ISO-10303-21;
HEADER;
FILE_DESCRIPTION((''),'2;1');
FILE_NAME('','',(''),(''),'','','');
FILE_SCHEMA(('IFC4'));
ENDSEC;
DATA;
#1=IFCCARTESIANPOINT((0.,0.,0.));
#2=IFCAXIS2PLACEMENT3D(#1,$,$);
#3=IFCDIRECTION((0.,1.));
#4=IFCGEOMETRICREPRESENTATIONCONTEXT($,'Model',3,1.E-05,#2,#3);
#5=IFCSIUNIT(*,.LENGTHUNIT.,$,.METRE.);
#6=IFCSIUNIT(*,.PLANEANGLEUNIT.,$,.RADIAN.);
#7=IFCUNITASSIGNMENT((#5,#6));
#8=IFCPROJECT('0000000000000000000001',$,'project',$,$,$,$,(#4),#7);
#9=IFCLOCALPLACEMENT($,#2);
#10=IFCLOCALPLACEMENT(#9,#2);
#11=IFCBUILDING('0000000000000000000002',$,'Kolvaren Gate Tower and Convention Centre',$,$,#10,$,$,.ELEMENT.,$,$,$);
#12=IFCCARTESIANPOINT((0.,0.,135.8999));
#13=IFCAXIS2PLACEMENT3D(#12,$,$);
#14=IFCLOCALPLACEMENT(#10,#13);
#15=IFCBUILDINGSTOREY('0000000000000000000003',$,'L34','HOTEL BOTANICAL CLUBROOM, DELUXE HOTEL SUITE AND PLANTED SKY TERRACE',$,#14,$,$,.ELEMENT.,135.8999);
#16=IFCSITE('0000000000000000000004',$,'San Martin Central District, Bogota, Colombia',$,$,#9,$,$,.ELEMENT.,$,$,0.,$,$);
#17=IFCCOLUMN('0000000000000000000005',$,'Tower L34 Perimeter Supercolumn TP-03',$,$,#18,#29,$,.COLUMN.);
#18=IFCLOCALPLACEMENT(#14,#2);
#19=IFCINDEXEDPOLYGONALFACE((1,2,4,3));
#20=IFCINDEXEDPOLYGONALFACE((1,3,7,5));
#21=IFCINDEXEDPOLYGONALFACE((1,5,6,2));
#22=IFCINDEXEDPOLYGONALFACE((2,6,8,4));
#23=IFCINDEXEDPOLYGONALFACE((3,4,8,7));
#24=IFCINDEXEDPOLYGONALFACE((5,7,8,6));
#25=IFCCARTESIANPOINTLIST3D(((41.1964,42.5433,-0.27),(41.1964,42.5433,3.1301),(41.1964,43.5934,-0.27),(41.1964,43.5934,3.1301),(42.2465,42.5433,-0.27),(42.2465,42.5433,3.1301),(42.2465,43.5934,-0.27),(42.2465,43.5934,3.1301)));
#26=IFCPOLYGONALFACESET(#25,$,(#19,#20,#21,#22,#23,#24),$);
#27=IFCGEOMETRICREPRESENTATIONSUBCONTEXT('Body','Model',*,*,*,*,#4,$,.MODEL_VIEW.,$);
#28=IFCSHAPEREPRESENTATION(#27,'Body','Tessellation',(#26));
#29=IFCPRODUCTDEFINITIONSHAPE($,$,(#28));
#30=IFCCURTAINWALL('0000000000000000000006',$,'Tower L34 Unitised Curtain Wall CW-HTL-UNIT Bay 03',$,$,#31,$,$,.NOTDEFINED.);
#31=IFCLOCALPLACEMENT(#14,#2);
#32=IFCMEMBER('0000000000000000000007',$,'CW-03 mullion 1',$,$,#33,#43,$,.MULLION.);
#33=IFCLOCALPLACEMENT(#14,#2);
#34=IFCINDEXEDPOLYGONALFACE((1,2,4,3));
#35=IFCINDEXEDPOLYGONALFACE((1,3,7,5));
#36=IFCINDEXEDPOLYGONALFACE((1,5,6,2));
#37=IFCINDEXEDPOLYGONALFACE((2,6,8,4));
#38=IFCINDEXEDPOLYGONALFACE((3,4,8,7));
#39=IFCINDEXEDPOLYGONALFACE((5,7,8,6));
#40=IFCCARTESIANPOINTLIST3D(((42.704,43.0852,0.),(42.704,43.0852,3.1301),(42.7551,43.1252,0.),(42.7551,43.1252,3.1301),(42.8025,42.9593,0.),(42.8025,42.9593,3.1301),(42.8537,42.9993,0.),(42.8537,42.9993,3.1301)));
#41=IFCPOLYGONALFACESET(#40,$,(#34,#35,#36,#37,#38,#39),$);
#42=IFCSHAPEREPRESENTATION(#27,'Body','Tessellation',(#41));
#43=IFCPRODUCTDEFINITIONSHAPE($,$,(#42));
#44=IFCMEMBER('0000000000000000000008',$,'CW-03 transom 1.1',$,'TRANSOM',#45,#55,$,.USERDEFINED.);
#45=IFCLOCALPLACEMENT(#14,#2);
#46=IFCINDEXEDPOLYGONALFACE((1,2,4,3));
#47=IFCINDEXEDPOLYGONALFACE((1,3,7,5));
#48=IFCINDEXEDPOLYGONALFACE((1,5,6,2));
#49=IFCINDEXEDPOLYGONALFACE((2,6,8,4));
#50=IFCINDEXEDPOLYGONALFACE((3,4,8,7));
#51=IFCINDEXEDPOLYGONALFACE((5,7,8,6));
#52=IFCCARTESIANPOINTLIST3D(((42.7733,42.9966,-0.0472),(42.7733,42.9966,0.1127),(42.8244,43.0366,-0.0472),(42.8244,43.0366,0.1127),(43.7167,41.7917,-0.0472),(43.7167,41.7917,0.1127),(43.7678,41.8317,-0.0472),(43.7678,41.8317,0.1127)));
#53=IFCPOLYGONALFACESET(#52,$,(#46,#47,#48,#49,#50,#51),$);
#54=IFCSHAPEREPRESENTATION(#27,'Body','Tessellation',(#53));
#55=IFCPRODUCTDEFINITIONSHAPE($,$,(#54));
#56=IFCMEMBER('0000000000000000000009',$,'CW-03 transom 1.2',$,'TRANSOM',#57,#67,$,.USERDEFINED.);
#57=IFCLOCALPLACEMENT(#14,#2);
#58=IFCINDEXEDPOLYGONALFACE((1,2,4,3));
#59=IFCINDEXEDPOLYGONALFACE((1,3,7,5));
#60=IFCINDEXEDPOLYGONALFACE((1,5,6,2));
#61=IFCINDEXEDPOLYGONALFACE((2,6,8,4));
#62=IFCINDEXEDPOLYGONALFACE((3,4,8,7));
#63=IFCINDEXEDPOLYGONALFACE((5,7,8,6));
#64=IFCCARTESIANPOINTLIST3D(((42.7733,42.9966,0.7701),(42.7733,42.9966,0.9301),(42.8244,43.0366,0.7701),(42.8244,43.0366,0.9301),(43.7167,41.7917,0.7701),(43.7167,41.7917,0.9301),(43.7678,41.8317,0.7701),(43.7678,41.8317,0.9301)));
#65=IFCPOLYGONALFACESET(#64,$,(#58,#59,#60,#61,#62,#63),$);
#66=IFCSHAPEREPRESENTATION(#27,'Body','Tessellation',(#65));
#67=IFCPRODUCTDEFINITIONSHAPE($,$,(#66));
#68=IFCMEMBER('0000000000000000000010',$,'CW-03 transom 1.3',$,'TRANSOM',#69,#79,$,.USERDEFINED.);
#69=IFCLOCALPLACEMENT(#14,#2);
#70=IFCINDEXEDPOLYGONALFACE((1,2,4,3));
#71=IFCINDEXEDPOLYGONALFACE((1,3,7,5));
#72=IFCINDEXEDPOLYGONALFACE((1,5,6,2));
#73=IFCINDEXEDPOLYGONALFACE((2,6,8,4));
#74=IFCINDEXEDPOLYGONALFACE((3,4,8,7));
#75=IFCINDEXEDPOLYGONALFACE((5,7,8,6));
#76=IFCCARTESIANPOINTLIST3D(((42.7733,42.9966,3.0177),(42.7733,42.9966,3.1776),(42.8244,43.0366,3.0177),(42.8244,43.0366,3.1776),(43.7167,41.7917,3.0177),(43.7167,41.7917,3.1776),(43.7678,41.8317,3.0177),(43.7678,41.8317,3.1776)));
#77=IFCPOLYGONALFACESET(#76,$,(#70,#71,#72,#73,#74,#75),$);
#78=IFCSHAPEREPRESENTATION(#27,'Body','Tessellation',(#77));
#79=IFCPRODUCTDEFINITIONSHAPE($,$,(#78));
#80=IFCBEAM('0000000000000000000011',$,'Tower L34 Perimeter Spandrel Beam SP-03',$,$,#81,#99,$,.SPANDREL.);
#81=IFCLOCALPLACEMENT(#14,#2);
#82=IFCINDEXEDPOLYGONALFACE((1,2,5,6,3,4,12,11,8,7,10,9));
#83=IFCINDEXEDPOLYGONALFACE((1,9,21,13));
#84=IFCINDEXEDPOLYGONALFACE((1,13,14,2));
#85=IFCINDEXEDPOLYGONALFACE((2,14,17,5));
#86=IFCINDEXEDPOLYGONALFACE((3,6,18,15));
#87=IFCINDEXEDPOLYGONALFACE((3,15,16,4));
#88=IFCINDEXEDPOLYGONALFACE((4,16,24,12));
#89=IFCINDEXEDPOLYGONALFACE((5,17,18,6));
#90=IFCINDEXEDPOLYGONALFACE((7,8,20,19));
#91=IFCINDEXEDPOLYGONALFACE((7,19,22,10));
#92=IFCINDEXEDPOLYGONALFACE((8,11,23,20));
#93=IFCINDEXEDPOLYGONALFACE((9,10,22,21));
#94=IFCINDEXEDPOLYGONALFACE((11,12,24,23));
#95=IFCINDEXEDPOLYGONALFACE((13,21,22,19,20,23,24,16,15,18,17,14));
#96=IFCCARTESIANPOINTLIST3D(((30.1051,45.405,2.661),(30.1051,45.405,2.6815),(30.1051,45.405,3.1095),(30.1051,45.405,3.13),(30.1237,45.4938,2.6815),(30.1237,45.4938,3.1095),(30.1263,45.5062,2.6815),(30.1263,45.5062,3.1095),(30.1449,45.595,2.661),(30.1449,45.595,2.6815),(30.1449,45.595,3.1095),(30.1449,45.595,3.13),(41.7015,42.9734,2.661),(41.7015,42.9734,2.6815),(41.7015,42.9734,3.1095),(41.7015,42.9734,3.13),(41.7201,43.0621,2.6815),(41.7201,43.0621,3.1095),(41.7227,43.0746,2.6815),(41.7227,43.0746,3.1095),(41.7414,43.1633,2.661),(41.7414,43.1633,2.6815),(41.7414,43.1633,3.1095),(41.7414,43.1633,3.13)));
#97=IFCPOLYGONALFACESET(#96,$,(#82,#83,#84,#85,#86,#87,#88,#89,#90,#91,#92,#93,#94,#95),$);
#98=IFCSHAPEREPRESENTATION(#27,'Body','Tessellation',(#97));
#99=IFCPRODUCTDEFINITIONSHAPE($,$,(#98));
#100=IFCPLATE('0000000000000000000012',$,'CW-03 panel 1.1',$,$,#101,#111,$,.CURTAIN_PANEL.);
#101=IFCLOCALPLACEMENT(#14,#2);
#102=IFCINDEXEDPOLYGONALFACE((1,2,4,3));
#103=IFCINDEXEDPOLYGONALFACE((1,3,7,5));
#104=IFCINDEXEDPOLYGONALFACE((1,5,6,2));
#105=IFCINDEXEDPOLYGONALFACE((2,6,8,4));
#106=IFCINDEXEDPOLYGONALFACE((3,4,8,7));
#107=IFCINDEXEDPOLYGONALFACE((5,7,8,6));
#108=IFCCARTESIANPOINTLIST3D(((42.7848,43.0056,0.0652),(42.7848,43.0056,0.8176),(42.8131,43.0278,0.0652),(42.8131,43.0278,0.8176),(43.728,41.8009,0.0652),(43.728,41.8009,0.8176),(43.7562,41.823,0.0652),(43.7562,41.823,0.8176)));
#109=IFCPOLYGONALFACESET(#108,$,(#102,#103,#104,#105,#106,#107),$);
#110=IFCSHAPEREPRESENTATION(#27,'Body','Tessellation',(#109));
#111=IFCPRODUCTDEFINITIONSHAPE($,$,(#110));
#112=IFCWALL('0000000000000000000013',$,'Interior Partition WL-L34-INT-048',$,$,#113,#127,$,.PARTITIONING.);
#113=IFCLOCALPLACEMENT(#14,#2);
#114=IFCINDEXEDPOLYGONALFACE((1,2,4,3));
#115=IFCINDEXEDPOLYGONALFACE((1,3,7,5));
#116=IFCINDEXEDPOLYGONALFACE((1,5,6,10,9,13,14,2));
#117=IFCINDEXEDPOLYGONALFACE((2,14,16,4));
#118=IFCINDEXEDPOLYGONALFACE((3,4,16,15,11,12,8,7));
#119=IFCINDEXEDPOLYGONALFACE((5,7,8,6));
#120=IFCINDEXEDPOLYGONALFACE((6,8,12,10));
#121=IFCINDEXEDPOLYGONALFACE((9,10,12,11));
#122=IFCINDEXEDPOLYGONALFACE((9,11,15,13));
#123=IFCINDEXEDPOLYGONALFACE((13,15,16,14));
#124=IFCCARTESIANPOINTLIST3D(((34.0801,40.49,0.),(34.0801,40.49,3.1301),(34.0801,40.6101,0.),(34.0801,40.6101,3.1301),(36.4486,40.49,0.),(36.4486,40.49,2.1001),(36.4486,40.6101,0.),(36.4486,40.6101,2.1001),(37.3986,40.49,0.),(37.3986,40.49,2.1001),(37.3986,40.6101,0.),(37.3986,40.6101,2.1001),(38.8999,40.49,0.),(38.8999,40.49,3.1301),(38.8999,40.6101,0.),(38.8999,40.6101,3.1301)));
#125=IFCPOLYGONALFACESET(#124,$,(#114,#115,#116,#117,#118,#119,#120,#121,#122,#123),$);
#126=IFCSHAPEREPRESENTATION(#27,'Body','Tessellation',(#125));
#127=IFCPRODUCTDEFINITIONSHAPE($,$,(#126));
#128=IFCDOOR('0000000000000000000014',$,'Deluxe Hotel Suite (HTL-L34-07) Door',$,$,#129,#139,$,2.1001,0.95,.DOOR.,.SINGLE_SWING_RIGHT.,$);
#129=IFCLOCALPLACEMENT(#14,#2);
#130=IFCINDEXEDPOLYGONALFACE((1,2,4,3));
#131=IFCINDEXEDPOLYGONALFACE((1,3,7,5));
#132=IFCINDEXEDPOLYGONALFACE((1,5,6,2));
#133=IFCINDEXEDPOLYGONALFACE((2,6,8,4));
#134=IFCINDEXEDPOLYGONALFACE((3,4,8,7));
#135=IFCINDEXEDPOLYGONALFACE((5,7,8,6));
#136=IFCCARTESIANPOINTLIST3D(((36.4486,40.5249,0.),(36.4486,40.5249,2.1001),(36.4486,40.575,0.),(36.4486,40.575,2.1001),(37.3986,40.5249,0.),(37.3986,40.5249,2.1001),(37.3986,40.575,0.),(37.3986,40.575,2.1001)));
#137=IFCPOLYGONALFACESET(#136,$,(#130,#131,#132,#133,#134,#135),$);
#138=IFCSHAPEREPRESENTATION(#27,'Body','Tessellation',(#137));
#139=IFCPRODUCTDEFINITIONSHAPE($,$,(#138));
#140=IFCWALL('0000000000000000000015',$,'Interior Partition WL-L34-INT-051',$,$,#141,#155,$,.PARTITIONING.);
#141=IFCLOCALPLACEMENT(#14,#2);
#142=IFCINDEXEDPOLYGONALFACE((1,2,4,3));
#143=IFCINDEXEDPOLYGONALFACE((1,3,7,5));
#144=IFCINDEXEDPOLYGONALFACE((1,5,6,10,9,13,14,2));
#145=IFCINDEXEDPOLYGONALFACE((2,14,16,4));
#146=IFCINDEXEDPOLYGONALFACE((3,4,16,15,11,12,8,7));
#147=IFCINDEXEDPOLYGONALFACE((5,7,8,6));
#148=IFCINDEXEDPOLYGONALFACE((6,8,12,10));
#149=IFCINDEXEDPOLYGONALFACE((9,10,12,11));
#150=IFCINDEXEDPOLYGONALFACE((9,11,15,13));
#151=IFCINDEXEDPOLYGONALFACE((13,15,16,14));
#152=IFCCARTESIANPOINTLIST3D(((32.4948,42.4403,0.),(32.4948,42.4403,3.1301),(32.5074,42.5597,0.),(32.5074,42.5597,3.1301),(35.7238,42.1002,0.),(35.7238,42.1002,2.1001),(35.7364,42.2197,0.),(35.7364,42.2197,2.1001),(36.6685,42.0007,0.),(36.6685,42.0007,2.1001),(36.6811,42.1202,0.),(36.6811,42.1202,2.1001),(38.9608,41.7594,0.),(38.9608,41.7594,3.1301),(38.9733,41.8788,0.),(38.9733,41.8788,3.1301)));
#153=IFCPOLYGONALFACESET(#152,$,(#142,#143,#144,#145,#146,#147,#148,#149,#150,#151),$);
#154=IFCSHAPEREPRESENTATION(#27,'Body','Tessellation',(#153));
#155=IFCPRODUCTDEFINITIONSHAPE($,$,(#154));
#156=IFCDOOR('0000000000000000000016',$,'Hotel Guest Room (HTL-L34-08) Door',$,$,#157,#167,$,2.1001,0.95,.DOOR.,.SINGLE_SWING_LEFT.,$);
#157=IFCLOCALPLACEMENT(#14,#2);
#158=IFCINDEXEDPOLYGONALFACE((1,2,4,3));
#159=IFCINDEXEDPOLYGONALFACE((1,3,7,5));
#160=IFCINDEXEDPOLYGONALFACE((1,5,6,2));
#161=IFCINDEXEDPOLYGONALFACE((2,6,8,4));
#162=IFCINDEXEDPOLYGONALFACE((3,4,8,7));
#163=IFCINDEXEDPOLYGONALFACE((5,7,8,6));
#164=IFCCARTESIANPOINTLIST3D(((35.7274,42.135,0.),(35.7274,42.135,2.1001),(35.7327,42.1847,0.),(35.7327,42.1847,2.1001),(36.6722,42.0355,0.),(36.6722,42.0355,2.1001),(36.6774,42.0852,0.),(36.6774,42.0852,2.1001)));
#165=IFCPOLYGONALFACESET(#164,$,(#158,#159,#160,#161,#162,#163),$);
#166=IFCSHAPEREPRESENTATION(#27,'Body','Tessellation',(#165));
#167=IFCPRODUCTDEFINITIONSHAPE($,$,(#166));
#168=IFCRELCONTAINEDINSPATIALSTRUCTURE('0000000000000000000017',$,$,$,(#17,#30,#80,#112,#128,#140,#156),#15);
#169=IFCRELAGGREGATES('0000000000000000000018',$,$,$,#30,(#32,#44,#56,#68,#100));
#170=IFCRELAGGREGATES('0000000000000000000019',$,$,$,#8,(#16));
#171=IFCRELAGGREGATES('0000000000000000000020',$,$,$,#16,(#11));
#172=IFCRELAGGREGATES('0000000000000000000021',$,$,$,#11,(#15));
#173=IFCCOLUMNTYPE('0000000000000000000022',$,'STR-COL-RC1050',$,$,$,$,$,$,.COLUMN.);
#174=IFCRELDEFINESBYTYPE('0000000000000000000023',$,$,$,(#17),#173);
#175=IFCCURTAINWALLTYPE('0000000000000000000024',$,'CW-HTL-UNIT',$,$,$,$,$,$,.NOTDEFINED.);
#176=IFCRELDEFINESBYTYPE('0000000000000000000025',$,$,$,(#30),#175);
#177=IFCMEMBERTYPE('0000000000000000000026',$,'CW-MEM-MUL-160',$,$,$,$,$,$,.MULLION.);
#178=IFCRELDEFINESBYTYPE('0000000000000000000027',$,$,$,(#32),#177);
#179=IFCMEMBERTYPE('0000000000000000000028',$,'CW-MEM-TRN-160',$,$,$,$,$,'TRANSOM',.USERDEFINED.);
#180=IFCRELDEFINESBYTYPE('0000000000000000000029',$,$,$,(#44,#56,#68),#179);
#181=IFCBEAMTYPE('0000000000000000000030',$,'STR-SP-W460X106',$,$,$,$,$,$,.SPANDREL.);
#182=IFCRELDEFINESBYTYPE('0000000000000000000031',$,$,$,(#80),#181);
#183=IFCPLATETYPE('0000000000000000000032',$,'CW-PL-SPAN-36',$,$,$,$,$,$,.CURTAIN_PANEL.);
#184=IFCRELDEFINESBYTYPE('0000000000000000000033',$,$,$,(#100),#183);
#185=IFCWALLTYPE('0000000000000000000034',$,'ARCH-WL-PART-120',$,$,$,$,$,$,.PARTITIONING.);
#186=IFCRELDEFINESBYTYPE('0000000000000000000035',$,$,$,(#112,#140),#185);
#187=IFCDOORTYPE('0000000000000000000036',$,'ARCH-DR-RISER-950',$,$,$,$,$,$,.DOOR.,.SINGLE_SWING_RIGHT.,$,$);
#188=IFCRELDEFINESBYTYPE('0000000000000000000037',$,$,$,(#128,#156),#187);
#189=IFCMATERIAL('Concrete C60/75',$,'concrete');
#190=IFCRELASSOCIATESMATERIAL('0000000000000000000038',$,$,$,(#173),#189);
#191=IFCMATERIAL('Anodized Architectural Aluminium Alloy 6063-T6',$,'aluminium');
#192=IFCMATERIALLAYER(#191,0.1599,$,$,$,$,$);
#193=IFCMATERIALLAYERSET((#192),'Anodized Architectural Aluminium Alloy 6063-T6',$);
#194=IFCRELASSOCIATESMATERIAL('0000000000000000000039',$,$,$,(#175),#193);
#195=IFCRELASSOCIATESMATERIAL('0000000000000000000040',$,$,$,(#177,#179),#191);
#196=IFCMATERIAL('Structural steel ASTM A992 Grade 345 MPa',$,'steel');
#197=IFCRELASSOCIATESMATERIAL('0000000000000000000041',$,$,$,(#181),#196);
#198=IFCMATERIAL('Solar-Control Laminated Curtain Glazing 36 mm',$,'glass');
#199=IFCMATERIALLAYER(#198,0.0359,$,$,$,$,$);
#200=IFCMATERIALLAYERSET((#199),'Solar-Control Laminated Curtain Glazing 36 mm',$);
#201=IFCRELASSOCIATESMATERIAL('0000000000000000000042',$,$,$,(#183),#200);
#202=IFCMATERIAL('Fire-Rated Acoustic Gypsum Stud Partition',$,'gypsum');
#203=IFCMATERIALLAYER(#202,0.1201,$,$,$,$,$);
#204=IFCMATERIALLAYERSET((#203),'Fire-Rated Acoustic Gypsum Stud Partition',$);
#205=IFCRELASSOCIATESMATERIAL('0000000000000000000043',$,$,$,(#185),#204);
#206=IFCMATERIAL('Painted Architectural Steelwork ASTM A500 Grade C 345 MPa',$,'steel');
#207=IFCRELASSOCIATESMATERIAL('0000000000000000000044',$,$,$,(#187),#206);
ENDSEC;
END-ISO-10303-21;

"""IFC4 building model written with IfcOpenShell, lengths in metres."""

from ifc_helpers import new_model, si_unit, direction, frame, frame_2d, origin, origin_2d, place, context, subcontext, project, spatial, rectangle, i_section, extrude, material, layer, layer_set, material_profile, profile_set, type_object, element, fill, aggregate, save


model = new_model("IFC4")

# Units and contexts
model_context = context("Model", 3, precision=1e-05, world=origin(), true_north=direction((0.0, 1.0)))
body_context = subcontext(model_context, "Body", "Model", "MODEL_VIEW")
ifc_project = project(units=[si_unit("LENGTHUNIT", "METRE"), si_unit("PLANEANGLEUNIT", "RADIAN")], contexts=[model_context])

# Site, building, storey
site_placement = place(None, origin())
site = spatial("IfcSite", under=ifc_project, at=site_placement, Name="San Martin Central District, Bogota, Colombia", CompositionType="ELEMENT", RefElevation=0.0)
building_placement = place(site_placement, origin())
building = spatial("IfcBuilding", under=site, at=building_placement, Name="Kolvaren Gate Tower and Convention Centre", CompositionType="ELEMENT")
storey_placement = place(building_placement, frame((0.0, 0.0, 135.8999)))
storey = spatial("IfcBuildingStorey", under=building, at=storey_placement, Name="L34", Description="HOTEL BOTANICAL CLUBROOM, DELUXE HOTEL SUITE AND PLANTED SKY TERRACE", CompositionType="ELEMENT", Elevation=135.8999)

# Column
ifc_material_1 = material(Name="Concrete C60/75", Category="concrete")
ifc_material_profile_1 = material_profile(ifc_material_1, rectangle(XDim=1.05, YDim=1.05, at=origin_2d()), Name="RC-COL-1050X1050")
ifc_profile_set_1 = profile_set([ifc_material_profile_1], Name="Concrete C60/75")
column_type = type_object("IfcColumnType", Name="STR-COL-RC1050", PredefinedType="COLUMN", material=ifc_profile_set_1)
column_placement = place(storey_placement, frame((41.7214, 43.0684, -0.27), z_axis=(0.0, 0.0, 1.0), x_axis=(1.0, 0.0, 0.0)))
element("IfcColumn", 1, at=column_placement, inside=storey, type_object=column_type, Name="Tower L34 Perimeter Supercolumn TP-03", PredefinedType="COLUMN", context=body_context, shape_type="SweptSolid", body=[
    extrude(rectangle(XDim=1.05, YDim=1.05, at=origin_2d()), origin(), (0.0, 0.0, 1.0), 3.4001),
])

# Curtain wall, members
ifc_material_2 = material(Name="Anodized Architectural Aluminium Alloy 6063-T6", Category="aluminium")
ifc_layer_1 = layer(ifc_material_2, 0.1599)
ifc_layer_set_1 = layer_set([ifc_layer_1], Name="Anodized Architectural Aluminium Alloy 6063-T6")
curtain_wall_type = type_object("IfcCurtainWallType", Name="CW-HTL-UNIT", PredefinedType="NOTDEFINED", material=ifc_layer_set_1)
curtain_wall_placement = place(storey_placement, origin())
curtain_wall = element("IfcCurtainWall", 2, at=curtain_wall_placement, inside=storey, type_object=curtain_wall_type, Name="Tower L34 Unitised Curtain Wall CW-HTL-UNIT Bay 03", PredefinedType="NOTDEFINED")
ifc_material_profile_2 = material_profile(ifc_material_2, rectangle(XDim=0.0649, YDim=0.1599, at=origin_2d()), Name="CW-MEM-MUL-160")
ifc_profile_set_2 = profile_set([ifc_material_profile_2], Name="Anodized Architectural Aluminium Alloy 6063-T6")
member_type_1 = type_object("IfcMemberType", Name="CW-MEM-MUL-160", PredefinedType="MULLION", material=ifc_profile_set_2)
member_1_placement = place(storey_placement, frame((42.7788, 43.0422, 0.0), z_axis=(0.0, 0.0, 1.0), x_axis=(0.787413, 0.616426, 0.0)))
member_1 = element("IfcMember", 3, at=member_1_placement, type_object=member_type_1, Name="CW-03 mullion 1", PredefinedType="MULLION", context=body_context, shape_type="SweptSolid", body=[
    extrude(rectangle(XDim=0.0649, YDim=0.1599, at=origin_2d()), origin(), (0.0, 0.0, 1.0), 3.1301),
])
ifc_material_profile_3 = material_profile(ifc_material_2, rectangle(XDim=0.0649, YDim=0.1599, at=origin_2d()), Name="CW-MEM-TRN-160")
ifc_profile_set_3 = profile_set([ifc_material_profile_3], Name="Anodized Architectural Aluminium Alloy 6063-T6")
member_type_2 = type_object("IfcMemberType", Name="CW-MEM-TRN-160", ElementType="TRANSOM", PredefinedType="USERDEFINED", material=ifc_profile_set_3)
member_2_placement = place(storey_placement, frame((42.7988, 43.0166, 0.0327), z_axis=(0.616489, -0.787364, 0.0), x_axis=(0.787364, 0.616489, 0.0)))
member_2 = element("IfcMember", 4, at=member_2_placement, type_object=member_type_2, Name="CW-03 transom 1.1", ObjectType="TRANSOM", PredefinedType="USERDEFINED", context=body_context, shape_type="SweptSolid", body=[
    extrude(rectangle(XDim=0.0649, YDim=0.1599, at=origin_2d()), origin(), (0.0, 0.0, 1.0), 1.5303),
])
member_3_placement = place(storey_placement, frame((42.7988, 43.0166, 0.8501), z_axis=(0.616489, -0.787364, 0.0), x_axis=(0.787364, 0.616489, 0.0)))
member_3 = element("IfcMember", 5, at=member_3_placement, type_object=member_type_2, Name="CW-03 transom 1.2", ObjectType="TRANSOM", PredefinedType="USERDEFINED", context=body_context, shape_type="SweptSolid", body=[
    extrude(rectangle(XDim=0.0649, YDim=0.1599, at=origin_2d()), origin(), (0.0, 0.0, 1.0), 1.5303),
])
member_4_placement = place(storey_placement, frame((42.7988, 43.0166, 3.0977), z_axis=(0.616489, -0.787364, 0.0), x_axis=(0.787364, 0.616489, 0.0)))
member_4 = element("IfcMember", 6, at=member_4_placement, type_object=member_type_2, Name="CW-03 transom 1.3", ObjectType="TRANSOM", PredefinedType="USERDEFINED", context=body_context, shape_type="SweptSolid", body=[
    extrude(rectangle(XDim=0.0649, YDim=0.1599, at=origin_2d()), origin(), (0.0, 0.0, 1.0), 1.5303),
])

# Beam
ifc_material_3 = material(Name="Structural steel ASTM A992 Grade 345 MPa", Category="steel")
ifc_material_profile_4 = material_profile(ifc_material_3, i_section(OverallWidth=0.1941, OverallDepth=0.469, WebThickness=0.0127, FlangeThickness=0.0205, at=origin_2d()), Name="W460X106")
ifc_profile_set_4 = profile_set([ifc_material_profile_4], Name="Structural steel ASTM A992 Grade 345 MPa")
beam_type = type_object("IfcBeamType", Name="STR-SP-W460X106", PredefinedType="SPANDREL", material=ifc_profile_set_4)
beam_placement = place(storey_placement, frame((41.7214, 43.0684, 2.8955), z_axis=(-0.978715, 0.205225, 0.0), x_axis=(-0.205225, -0.978715, 0.0)))
element("IfcBeam", 7, at=beam_placement, inside=storey, type_object=beam_type, Name="Tower L34 Perimeter Spandrel Beam SP-03", PredefinedType="SPANDREL", context=body_context, shape_type="SweptSolid", body=[
    extrude(i_section(OverallWidth=0.1941, OverallDepth=0.469, WebThickness=0.0127, FlangeThickness=0.0205, at=origin_2d()), origin(), (0.0, 0.0, 1.0), 11.8486),
])

# Plate
ifc_material_4 = material(Name="Solar-Control Laminated Curtain Glazing 36 mm", Category="glass")
ifc_layer_2 = layer(ifc_material_4, 0.0359)
ifc_layer_set_2 = layer_set([ifc_layer_2], Name="Solar-Control Laminated Curtain Glazing 36 mm")
plate_type = type_object("IfcPlateType", Name="CW-PL-SPAN-36", PredefinedType="CURTAIN_PANEL", material=ifc_layer_set_2)
plate_placement = place(storey_placement, frame((43.2705, 42.4143, 0.0652), z_axis=(0.0, 0.0, 1.0), x_axis=(0.616426, -0.787413, 0.0)))
plate = element("IfcPlate", 8, at=plate_placement, type_object=plate_type, Name="CW-03 panel 1.1", PredefinedType="CURTAIN_PANEL", context=body_context, shape_type="SweptSolid", body=[
    extrude(rectangle(XDim=1.53, YDim=0.0359, at=origin_2d()), origin(), (0.0, 0.0, 1.0), 0.7524),
])
aggregate(curtain_wall, [member_1, member_2, member_3, member_4, plate])

# Walls, openings, doors
ifc_material_5 = material(Name="Fire-Rated Acoustic Gypsum Stud Partition", Category="gypsum")
ifc_layer_3 = layer(ifc_material_5, 0.1201)
ifc_layer_set_3 = layer_set([ifc_layer_3], Name="Fire-Rated Acoustic Gypsum Stud Partition")
wall_type_1 = type_object("IfcWallType", Name="ARCH-WL-PART-120", PredefinedType="PARTITIONING", material=ifc_layer_set_3)
wall_1_placement = place(storey_placement, frame((34.0801, 40.55, 0.0), z_axis=(0.0, 0.0, 1.0), x_axis=(1.0, 0.0, 0.0)))
wall_1 = element("IfcWall", 9, at=wall_1_placement, inside=storey, type_object=wall_type_1, Name="Interior Partition WL-L34-INT-048", PredefinedType="PARTITIONING", context=body_context, shape_type="SweptSolid", body=[
    extrude(rectangle(XDim=4.8198, YDim=0.1201, at=frame_2d((2.4099, 0.0))), origin(), (0.0, 0.0, 1.0), 3.1301),
])
opening_1_placement = place(wall_1_placement, frame((2.3684, 0.0, 0.0)))
opening_1 = element("IfcOpeningElement", 10, at=opening_1_placement, cuts=wall_1, PredefinedType="OPENING", context=body_context, shape_type="SweptSolid", body=[
    extrude(rectangle(XDim=0.95, YDim=2.1001, at=frame_2d((0.4751, 1.05))), frame((0.0, 0.0701, 0.0), z_axis=(0.0, -1.0, 0.0), x_axis=(1.0, 0.0, 0.0)), (0.0, 0.0, 1.0), 0.1401),
])
ifc_material_6 = material(Name="Painted Architectural Steelwork ASTM A500 Grade C 345 MPa", Category="steel")
door_type_1 = type_object("IfcDoorType", Name="ARCH-DR-RISER-950", OperationType="SINGLE_SWING_RIGHT", PredefinedType="DOOR", material=ifc_material_6)
door_1_placement = place(opening_1_placement, origin())
door_1 = element("IfcDoor", 11, at=door_1_placement, inside=storey, type_object=door_type_1, Name="Deluxe Hotel Suite (HTL-L34-07) Door", OperationType="SINGLE_SWING_RIGHT", OverallHeight=2.1001, OverallWidth=0.95, PredefinedType="DOOR", context=body_context, shape_type="SweptSolid", body=[
    extrude(rectangle(XDim=0.95, YDim=2.1001, at=frame_2d((0.4751, 1.05))), frame((0.0, 0.0249, 0.0), z_axis=(0.0, -1.0, 0.0), x_axis=(1.0, 0.0, 0.0)), (0.0, 0.0, 1.0), 0.05),
])
fill(opening_1, door_1)
wall_2_placement = place(storey_placement, frame((32.501, 42.5, 0.0), z_axis=(0.0, 0.0, 1.0), x_axis=(0.994501, -0.104726, 0.0)))
wall_2 = element("IfcWall", 12, at=wall_2_placement, inside=storey, type_object=wall_type_1, Name="Interior Partition WL-L34-INT-051", PredefinedType="PARTITIONING", context=body_context, shape_type="SweptSolid", body=[
    extrude(rectangle(XDim=6.5017, YDim=0.1201, at=frame_2d((3.251, 0.0))), origin(), (0.0, 0.0, 1.0), 3.1301),
])
opening_2_placement = place(wall_2_placement, frame((3.2468, 0.0, 0.0)))
opening_2 = element("IfcOpeningElement", 13, at=opening_2_placement, cuts=wall_2, PredefinedType="OPENING", context=body_context, shape_type="SweptSolid", body=[
    extrude(rectangle(XDim=0.95, YDim=2.1001, at=frame_2d((0.4751, 1.05))), frame((0.0, 0.0701, 0.0), z_axis=(0.0, -1.0, 0.0), x_axis=(1.0, 0.0, 0.0)), (0.0, 0.0, 1.0), 0.1401),
])
door_2_placement = place(opening_2_placement, origin())
door_2 = element("IfcDoor", 14, at=door_2_placement, inside=storey, type_object=door_type_1, Name="Hotel Guest Room (HTL-L34-08) Door", OperationType="SINGLE_SWING_LEFT", OverallHeight=2.1001, OverallWidth=0.95, PredefinedType="DOOR", context=body_context, shape_type="SweptSolid", body=[
    extrude(rectangle(XDim=0.95, YDim=2.1001, at=frame_2d((0.4751, 1.05))), frame((0.0, 0.0249, 0.0), z_axis=(0.0, -1.0, 0.0), x_axis=(1.0, 0.0, 0.0)), (0.0, 0.0, 1.0), 0.05),
])
fill(opening_2, door_2)

save(model, "model.ifc")
